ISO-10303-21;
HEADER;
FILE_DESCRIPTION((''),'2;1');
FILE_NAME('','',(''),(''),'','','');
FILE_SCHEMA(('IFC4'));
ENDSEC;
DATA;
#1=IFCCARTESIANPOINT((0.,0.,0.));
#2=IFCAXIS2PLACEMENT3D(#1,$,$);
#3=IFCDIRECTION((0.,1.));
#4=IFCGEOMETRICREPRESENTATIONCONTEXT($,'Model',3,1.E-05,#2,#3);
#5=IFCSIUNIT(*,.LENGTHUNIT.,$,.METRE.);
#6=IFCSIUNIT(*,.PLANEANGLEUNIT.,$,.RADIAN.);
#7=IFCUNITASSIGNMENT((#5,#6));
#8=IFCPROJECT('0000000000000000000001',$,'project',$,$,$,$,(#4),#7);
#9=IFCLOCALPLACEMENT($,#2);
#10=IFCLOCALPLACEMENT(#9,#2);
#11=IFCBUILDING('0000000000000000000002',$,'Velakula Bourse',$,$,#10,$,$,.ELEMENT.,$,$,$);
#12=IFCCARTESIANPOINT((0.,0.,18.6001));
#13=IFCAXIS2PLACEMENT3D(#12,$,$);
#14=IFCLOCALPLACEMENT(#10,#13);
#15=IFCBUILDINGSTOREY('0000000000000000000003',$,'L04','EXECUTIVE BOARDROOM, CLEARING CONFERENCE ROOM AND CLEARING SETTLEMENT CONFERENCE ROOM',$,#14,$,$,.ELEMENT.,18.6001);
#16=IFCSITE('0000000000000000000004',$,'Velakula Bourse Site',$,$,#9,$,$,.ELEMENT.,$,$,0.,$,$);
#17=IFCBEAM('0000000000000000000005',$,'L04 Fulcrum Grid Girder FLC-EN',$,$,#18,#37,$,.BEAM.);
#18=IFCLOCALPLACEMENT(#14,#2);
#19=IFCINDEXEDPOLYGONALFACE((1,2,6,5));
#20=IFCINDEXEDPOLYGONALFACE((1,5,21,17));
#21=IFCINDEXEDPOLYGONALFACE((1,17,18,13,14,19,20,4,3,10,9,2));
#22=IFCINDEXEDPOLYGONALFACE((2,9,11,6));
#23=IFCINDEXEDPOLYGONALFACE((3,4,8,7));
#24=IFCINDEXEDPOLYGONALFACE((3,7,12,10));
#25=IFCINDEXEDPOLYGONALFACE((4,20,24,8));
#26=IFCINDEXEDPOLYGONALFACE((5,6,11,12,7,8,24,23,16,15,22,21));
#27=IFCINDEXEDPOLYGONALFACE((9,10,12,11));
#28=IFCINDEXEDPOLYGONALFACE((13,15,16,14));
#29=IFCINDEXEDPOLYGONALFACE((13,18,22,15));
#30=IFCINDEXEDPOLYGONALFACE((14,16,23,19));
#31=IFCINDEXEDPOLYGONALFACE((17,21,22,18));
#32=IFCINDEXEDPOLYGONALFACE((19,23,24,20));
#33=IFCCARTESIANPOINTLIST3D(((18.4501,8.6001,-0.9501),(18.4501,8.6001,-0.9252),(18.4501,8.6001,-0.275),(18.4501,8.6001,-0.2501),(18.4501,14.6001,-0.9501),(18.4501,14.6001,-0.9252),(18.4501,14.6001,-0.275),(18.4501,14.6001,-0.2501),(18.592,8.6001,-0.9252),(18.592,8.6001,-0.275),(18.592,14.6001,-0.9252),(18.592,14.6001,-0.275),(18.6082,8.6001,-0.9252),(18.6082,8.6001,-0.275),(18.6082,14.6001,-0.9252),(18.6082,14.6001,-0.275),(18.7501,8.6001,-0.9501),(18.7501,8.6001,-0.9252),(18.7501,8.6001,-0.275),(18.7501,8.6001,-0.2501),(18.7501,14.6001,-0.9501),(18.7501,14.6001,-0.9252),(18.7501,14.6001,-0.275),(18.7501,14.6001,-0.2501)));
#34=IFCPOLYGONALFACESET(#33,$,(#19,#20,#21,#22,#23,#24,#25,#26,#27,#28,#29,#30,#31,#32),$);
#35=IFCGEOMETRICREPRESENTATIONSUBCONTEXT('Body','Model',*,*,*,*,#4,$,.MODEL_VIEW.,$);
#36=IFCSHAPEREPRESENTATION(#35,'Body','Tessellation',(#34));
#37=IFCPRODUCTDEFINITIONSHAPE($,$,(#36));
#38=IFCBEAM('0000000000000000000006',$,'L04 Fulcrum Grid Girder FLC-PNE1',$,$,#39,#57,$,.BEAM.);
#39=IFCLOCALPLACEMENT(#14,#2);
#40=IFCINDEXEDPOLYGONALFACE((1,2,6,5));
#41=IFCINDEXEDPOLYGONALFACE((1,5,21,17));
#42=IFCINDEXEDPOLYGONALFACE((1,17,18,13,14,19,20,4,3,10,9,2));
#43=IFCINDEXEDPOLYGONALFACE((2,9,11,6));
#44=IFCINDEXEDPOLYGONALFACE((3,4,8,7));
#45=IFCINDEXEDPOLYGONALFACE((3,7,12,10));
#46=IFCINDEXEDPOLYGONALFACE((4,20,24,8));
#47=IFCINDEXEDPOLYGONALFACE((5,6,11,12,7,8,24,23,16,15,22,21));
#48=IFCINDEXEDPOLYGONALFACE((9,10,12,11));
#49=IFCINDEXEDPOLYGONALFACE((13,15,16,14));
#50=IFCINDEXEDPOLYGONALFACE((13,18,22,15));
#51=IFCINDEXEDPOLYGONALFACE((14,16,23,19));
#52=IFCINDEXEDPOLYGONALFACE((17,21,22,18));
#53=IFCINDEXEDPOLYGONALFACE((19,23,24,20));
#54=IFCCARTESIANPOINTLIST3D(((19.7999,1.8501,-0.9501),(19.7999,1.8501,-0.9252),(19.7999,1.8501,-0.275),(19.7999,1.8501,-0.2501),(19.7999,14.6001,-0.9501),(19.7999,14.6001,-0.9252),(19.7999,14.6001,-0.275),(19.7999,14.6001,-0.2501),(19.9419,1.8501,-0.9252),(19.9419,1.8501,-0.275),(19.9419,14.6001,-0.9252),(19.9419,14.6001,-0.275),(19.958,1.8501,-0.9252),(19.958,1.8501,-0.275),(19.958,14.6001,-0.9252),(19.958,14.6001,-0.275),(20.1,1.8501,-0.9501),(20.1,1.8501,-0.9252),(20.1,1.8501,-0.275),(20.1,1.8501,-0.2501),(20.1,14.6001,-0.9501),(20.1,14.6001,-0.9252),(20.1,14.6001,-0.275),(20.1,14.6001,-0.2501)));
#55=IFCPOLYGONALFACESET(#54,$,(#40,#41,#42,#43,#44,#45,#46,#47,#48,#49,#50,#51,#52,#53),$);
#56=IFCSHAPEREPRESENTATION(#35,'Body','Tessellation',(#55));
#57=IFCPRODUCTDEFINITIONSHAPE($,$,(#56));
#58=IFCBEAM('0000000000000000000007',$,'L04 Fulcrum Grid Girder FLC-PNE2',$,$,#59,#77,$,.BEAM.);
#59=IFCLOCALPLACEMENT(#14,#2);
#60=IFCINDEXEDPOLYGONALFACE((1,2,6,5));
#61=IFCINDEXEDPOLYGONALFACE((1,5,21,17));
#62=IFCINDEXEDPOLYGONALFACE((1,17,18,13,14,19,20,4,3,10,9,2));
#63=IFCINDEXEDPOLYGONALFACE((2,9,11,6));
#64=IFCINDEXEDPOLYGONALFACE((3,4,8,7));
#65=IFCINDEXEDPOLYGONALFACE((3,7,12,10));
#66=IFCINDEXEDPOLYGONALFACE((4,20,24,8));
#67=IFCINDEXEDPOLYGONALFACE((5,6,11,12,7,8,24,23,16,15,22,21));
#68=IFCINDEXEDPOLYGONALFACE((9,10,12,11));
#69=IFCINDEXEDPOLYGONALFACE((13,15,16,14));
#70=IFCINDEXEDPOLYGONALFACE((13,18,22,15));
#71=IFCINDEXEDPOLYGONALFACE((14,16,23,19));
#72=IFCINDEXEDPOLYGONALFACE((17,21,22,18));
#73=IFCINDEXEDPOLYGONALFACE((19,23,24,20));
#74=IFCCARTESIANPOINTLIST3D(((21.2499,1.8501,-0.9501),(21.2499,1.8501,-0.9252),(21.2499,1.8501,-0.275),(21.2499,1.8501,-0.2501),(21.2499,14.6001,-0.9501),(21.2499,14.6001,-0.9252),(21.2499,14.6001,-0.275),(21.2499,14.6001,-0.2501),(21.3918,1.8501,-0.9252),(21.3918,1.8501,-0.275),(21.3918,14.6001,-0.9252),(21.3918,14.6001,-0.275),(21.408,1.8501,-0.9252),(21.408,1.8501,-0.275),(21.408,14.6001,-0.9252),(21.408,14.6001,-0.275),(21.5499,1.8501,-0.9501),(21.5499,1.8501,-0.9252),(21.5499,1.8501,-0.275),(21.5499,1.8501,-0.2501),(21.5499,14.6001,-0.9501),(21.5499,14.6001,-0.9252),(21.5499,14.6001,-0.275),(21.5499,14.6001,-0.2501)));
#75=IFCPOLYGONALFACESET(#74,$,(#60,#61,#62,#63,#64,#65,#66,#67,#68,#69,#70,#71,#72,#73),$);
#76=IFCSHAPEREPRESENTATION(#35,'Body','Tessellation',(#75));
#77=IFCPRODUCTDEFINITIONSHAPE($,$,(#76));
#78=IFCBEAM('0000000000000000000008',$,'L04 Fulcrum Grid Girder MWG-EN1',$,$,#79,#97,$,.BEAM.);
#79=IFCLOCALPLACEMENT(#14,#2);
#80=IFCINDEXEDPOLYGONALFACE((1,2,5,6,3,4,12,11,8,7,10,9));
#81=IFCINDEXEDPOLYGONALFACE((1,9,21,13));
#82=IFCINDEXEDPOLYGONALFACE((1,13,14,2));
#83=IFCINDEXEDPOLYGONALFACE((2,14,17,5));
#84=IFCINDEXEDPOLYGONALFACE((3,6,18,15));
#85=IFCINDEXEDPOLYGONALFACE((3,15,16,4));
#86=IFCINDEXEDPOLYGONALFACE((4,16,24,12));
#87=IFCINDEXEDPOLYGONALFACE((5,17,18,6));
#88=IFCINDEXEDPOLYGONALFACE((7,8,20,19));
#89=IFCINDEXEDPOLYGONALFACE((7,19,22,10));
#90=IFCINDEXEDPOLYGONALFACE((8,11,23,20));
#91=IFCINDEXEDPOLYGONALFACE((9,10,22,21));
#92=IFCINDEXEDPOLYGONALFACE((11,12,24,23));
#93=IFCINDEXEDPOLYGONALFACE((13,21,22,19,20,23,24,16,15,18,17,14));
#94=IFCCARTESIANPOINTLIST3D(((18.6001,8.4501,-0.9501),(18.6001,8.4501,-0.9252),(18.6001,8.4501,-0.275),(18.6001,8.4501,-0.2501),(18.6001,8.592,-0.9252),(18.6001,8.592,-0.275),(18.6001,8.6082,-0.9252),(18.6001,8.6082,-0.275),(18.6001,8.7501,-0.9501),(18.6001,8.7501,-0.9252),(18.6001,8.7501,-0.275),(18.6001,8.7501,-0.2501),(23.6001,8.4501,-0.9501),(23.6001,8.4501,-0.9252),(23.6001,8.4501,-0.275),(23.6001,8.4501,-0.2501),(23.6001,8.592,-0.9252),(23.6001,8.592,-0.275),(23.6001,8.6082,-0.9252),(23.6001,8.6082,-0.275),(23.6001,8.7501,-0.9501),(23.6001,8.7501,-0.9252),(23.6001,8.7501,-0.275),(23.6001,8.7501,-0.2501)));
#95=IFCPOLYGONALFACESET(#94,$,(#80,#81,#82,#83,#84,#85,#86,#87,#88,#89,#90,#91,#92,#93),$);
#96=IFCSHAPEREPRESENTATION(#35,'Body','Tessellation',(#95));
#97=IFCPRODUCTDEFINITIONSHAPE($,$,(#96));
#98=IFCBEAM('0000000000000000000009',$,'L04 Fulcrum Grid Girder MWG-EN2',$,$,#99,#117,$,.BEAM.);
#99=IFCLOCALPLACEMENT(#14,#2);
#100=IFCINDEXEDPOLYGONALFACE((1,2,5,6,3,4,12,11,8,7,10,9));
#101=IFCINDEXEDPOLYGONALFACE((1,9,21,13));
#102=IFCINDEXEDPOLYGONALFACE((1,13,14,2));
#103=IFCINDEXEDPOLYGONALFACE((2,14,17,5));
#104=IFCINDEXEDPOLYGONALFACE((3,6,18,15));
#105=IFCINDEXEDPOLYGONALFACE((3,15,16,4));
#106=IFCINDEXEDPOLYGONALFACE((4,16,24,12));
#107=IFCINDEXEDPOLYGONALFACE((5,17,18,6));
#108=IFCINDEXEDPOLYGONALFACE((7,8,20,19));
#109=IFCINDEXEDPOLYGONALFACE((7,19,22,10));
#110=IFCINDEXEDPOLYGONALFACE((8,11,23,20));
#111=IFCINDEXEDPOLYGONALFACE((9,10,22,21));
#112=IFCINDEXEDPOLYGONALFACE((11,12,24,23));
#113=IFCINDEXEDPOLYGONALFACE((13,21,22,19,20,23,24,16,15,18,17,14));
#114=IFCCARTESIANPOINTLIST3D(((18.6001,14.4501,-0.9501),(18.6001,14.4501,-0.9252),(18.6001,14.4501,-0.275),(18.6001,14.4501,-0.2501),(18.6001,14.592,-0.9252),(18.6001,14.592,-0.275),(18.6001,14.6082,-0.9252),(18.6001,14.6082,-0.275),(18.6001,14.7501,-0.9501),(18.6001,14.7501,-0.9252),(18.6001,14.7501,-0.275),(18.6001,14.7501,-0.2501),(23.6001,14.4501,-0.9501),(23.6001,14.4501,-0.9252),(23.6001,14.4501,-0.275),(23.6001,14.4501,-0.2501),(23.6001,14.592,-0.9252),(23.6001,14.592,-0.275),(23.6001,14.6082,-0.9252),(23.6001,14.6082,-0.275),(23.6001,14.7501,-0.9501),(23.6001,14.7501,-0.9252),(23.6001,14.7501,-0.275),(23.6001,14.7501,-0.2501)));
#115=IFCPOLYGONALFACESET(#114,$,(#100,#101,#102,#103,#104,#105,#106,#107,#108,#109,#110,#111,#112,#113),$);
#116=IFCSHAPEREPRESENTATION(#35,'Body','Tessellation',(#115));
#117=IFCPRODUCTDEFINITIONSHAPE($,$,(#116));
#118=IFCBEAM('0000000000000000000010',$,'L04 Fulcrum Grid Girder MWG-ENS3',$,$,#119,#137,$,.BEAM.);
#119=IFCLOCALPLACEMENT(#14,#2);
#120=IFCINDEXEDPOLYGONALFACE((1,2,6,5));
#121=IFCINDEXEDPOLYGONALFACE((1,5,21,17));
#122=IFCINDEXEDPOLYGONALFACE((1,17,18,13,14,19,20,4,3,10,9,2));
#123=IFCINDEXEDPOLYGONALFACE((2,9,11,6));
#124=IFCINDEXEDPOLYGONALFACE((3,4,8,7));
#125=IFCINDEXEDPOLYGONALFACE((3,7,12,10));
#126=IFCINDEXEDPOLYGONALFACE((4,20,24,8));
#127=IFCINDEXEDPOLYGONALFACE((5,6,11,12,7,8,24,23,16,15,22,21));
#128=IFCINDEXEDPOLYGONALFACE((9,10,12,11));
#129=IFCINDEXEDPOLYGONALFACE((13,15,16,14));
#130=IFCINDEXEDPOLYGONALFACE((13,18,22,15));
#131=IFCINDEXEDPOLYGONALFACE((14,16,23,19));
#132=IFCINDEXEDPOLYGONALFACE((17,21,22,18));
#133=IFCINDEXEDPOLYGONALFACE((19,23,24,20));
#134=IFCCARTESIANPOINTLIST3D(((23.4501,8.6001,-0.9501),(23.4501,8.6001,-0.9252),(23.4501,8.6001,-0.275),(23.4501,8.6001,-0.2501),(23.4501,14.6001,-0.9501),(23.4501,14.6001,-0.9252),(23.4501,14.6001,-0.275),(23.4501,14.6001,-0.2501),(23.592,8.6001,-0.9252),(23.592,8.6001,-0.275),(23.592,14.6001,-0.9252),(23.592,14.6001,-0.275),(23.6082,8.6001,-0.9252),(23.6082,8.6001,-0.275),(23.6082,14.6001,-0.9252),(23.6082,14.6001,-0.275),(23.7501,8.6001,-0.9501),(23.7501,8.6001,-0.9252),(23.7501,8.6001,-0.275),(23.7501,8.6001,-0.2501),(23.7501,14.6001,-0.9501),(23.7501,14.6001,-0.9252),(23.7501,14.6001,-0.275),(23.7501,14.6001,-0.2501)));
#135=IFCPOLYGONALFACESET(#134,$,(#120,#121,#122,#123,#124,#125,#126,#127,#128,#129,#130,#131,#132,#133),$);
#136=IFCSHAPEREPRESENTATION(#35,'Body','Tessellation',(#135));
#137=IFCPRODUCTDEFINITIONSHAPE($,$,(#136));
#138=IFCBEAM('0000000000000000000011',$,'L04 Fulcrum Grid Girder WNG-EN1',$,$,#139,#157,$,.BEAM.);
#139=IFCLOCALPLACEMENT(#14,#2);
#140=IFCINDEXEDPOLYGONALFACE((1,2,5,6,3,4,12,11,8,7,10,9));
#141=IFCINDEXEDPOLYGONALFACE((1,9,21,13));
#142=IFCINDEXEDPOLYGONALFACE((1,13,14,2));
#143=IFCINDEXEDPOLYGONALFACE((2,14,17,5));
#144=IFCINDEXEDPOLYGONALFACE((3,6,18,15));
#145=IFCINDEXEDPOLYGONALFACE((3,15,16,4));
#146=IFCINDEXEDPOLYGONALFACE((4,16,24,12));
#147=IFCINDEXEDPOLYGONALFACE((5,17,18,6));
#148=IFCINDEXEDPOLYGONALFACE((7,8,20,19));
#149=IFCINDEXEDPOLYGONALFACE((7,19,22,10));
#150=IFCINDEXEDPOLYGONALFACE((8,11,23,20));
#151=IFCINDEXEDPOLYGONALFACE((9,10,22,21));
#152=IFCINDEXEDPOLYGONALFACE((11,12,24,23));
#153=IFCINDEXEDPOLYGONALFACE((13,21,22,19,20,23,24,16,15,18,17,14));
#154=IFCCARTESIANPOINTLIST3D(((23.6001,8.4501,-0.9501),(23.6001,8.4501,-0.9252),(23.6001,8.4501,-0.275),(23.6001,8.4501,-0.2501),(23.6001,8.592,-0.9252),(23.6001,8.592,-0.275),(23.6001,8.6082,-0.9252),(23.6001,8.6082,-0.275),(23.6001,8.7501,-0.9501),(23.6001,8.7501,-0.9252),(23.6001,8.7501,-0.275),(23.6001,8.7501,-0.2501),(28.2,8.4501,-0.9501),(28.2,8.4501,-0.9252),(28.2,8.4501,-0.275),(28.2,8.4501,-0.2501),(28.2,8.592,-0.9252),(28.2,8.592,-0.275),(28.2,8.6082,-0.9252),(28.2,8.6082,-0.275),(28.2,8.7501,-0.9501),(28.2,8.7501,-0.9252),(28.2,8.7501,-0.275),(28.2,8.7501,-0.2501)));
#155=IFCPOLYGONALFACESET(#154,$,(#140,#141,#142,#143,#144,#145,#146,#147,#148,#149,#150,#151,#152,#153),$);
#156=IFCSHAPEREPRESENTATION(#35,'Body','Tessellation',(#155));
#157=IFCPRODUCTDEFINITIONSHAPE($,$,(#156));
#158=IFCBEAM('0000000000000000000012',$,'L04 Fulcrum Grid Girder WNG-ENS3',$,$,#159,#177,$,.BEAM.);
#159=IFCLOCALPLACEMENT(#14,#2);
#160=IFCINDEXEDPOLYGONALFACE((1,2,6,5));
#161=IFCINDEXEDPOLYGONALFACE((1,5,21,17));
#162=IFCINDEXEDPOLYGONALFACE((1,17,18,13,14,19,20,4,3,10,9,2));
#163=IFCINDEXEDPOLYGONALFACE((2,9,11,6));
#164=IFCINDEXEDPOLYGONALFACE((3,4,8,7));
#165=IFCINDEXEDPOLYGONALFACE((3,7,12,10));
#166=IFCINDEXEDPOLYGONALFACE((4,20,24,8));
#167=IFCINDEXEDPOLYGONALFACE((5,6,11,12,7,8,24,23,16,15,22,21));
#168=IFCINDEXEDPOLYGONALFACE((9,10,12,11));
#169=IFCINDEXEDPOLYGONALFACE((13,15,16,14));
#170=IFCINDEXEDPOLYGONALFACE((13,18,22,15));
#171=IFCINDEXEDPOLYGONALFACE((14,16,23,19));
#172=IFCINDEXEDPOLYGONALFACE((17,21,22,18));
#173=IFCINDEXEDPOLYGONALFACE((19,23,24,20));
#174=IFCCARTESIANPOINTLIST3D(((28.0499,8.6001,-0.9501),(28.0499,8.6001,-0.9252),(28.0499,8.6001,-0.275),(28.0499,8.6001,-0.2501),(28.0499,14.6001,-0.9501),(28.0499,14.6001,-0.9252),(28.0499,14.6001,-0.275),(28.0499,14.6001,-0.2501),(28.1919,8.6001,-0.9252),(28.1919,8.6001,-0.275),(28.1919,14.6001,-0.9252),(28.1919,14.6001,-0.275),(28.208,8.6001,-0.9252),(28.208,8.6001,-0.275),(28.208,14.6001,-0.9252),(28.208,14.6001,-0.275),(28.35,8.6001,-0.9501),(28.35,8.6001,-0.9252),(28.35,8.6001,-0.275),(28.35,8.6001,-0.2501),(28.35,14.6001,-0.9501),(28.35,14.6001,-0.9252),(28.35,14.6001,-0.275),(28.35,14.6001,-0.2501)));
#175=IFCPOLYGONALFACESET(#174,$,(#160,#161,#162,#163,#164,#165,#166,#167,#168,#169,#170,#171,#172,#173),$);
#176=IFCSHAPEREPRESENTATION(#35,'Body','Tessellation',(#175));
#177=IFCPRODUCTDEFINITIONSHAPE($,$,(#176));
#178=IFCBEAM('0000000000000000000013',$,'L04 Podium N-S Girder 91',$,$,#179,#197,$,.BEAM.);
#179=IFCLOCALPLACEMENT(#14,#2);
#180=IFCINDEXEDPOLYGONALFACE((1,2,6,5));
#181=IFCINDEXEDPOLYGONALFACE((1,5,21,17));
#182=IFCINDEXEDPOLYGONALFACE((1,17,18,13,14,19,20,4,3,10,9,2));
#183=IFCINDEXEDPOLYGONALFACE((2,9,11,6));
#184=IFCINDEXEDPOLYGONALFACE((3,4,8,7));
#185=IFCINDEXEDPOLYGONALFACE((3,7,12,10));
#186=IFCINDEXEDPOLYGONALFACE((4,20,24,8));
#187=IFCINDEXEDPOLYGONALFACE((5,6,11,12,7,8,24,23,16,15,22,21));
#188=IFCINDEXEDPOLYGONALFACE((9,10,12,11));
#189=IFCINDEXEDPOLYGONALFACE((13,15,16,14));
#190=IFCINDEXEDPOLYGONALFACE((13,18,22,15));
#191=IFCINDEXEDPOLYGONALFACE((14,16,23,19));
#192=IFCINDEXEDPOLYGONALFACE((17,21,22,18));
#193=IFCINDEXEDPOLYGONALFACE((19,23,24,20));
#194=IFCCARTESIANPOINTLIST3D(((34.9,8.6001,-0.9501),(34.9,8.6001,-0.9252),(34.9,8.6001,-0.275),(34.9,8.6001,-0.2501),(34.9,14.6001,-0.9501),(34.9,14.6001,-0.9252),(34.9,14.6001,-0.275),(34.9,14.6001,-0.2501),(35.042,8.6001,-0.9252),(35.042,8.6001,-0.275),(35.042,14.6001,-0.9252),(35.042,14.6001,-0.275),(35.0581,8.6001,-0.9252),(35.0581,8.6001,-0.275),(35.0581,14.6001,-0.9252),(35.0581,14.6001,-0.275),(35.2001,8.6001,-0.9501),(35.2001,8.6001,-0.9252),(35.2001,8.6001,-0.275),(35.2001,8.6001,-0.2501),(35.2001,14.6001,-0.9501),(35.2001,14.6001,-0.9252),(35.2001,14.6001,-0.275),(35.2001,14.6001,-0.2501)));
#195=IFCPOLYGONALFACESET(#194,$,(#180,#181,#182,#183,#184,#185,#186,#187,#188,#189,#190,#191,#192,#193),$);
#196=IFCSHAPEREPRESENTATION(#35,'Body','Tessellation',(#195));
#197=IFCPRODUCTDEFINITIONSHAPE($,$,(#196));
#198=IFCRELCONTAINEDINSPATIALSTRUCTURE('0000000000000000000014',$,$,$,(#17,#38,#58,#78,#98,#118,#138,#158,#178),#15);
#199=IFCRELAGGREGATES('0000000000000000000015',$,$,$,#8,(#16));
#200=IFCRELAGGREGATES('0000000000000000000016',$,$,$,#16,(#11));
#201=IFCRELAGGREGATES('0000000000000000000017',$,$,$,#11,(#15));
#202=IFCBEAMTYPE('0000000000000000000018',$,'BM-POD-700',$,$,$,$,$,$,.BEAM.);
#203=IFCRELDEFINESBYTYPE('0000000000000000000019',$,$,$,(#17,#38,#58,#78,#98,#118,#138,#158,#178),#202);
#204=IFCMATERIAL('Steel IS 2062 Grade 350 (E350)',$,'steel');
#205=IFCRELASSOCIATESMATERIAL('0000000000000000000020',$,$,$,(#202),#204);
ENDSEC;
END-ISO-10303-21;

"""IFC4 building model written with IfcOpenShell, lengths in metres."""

from ifc_helpers import new_model, si_unit, direction, frame, origin, origin_2d, place, context, subcontext, project, spatial, i_section, extrude, material, material_profile, profile_set, type_object, element, save


model = new_model("IFC4")

# Units and contexts
model_context = context("Model", 3, precision=1e-05, world=origin(), true_north=direction((0.0, 1.0)))
body_context = subcontext(model_context, "Body", "Model", "MODEL_VIEW")
ifc_project = project(units=[si_unit("LENGTHUNIT", "METRE"), si_unit("PLANEANGLEUNIT", "RADIAN")], contexts=[model_context])

# Site, building, storey
site_placement = place(None, origin())
site = spatial("IfcSite", under=ifc_project, at=site_placement, Name="Velakula Bourse Site", CompositionType="ELEMENT", RefElevation=0.0)
building_placement = place(site_placement, origin())
building = spatial("IfcBuilding", under=site, at=building_placement, Name="Velakula Bourse", CompositionType="ELEMENT")
storey_placement = place(building_placement, frame((0.0, 0.0, 18.6001)))
storey = spatial("IfcBuildingStorey", under=building, at=storey_placement, Name="L04", Description="EXECUTIVE BOARDROOM, CLEARING CONFERENCE ROOM AND CLEARING SETTLEMENT CONFERENCE ROOM", CompositionType="ELEMENT", Elevation=18.6001)

# Beams
ifc_material_1 = material(Name="Steel IS 2062 Grade 350 (E350)", Category="steel")
ifc_material_profile_1 = material_profile(ifc_material_1, i_section(OverallWidth=0.3, OverallDepth=0.7, WebThickness=0.0161, FlangeThickness=0.0249, at=origin_2d()), Name="Steel IS 2062 Grade 350 (E350)")
ifc_profile_set_1 = profile_set([ifc_material_profile_1], Name="Steel IS 2062 Grade 350 (E350)")
beam_type_1 = type_object("IfcBeamType", Name="BM-POD-700", PredefinedType="BEAM", material=ifc_profile_set_1)
beam_1_placement = place(storey_placement, frame((18.6001, 8.6001, -0.6001), z_axis=(0.0, 1.0, 0.0), x_axis=(-1.0, 0.0, 0.0)))
element("IfcBeam", 1, at=beam_1_placement, inside=storey, type_object=beam_type_1, Name="L04 Fulcrum Grid Girder FLC-EN", PredefinedType="BEAM", context=body_context, shape_type="SweptSolid", body=[
    extrude(i_section(OverallWidth=0.3, OverallDepth=0.7, WebThickness=0.0161, FlangeThickness=0.0249, at=origin_2d()), origin(), (0.0, 0.0, 1.0), 6.0),
])
for number, where, z_axis, x_axis, name in (
    (2, (19.95, 1.8501, -0.6001), (0.0, 1.0, 0.0), (-1.0, 0.0, 0.0), "L04 Fulcrum Grid Girder FLC-PNE1"),
    (3, (21.3999, 1.8501, -0.6001), (0.0, 1.0, 0.0), (-1.0, 0.0, 0.0), "L04 Fulcrum Grid Girder FLC-PNE2"),
):
    element("IfcBeam", number, at=place(storey_placement, frame(where, z_axis=z_axis, x_axis=x_axis)), inside=storey, type_object=beam_type_1, Name=name, PredefinedType="BEAM", context=body_context, shape_type="SweptSolid", body=[
        extrude(i_section(OverallWidth=0.3, OverallDepth=0.7, WebThickness=0.0161, FlangeThickness=0.0249, at=origin_2d()), origin(), (0.0, 0.0, 1.0), 12.75),
    ])
for number, where, z_axis, x_axis, name in (
    (4, (18.6001, 8.6001, -0.6001), (1.0, 0.0, 0.0), (0.0, 1.0, 0.0), "L04 Fulcrum Grid Girder MWG-EN1"),
    (5, (18.6001, 14.6001, -0.6001), (1.0, 0.0, 0.0), (0.0, 1.0, 0.0), "L04 Fulcrum Grid Girder MWG-EN2"),
):
    element("IfcBeam", number, at=place(storey_placement, frame(where, z_axis=z_axis, x_axis=x_axis)), inside=storey, type_object=beam_type_1, Name=name, PredefinedType="BEAM", context=body_context, shape_type="SweptSolid", body=[
        extrude(i_section(OverallWidth=0.3, OverallDepth=0.7, WebThickness=0.0161, FlangeThickness=0.0249, at=origin_2d()), origin(), (0.0, 0.0, 1.0), 5.0),
    ])
beam_2_placement = place(storey_placement, frame((23.6001, 8.6001, -0.6001), z_axis=(0.0, 1.0, 0.0), x_axis=(-1.0, 0.0, 0.0)))
element("IfcBeam", 6, at=beam_2_placement, inside=storey, type_object=beam_type_1, Name="L04 Fulcrum Grid Girder MWG-ENS3", PredefinedType="BEAM", context=body_context, shape_type="SweptSolid", body=[
    extrude(i_section(OverallWidth=0.3, OverallDepth=0.7, WebThickness=0.0161, FlangeThickness=0.0249, at=origin_2d()), origin(), (0.0, 0.0, 1.0), 6.0),
])
beam_3_placement = place(storey_placement, frame((23.6001, 8.6001, -0.6001), z_axis=(1.0, 0.0, 0.0), x_axis=(0.0, 1.0, 0.0)))
element("IfcBeam", 7, at=beam_3_placement, inside=storey, type_object=beam_type_1, Name="L04 Fulcrum Grid Girder WNG-EN1", PredefinedType="BEAM", context=body_context, shape_type="SweptSolid", body=[
    extrude(i_section(OverallWidth=0.3, OverallDepth=0.7, WebThickness=0.0161, FlangeThickness=0.0249, at=origin_2d()), origin(), (0.0, 0.0, 1.0), 4.5999),
])
for number, where, z_axis, x_axis, name in (
    (8, (28.2, 8.6001, -0.6001), (0.0, 1.0, 0.0), (-1.0, 0.0, 0.0), "L04 Fulcrum Grid Girder WNG-ENS3"),
    (9, (35.05, 8.6001, -0.6001), (0.0, 1.0, 0.0), (-1.0, 0.0, 0.0), "L04 Podium N-S Girder 91"),
):
    element("IfcBeam", number, at=place(storey_placement, frame(where, z_axis=z_axis, x_axis=x_axis)), inside=storey, type_object=beam_type_1, Name=name, PredefinedType="BEAM", context=body_context, shape_type="SweptSolid", body=[
        extrude(i_section(OverallWidth=0.3, OverallDepth=0.7, WebThickness=0.0161, FlangeThickness=0.0249, at=origin_2d()), origin(), (0.0, 0.0, 1.0), 6.0),
    ])

save(model, "model.ifc")
